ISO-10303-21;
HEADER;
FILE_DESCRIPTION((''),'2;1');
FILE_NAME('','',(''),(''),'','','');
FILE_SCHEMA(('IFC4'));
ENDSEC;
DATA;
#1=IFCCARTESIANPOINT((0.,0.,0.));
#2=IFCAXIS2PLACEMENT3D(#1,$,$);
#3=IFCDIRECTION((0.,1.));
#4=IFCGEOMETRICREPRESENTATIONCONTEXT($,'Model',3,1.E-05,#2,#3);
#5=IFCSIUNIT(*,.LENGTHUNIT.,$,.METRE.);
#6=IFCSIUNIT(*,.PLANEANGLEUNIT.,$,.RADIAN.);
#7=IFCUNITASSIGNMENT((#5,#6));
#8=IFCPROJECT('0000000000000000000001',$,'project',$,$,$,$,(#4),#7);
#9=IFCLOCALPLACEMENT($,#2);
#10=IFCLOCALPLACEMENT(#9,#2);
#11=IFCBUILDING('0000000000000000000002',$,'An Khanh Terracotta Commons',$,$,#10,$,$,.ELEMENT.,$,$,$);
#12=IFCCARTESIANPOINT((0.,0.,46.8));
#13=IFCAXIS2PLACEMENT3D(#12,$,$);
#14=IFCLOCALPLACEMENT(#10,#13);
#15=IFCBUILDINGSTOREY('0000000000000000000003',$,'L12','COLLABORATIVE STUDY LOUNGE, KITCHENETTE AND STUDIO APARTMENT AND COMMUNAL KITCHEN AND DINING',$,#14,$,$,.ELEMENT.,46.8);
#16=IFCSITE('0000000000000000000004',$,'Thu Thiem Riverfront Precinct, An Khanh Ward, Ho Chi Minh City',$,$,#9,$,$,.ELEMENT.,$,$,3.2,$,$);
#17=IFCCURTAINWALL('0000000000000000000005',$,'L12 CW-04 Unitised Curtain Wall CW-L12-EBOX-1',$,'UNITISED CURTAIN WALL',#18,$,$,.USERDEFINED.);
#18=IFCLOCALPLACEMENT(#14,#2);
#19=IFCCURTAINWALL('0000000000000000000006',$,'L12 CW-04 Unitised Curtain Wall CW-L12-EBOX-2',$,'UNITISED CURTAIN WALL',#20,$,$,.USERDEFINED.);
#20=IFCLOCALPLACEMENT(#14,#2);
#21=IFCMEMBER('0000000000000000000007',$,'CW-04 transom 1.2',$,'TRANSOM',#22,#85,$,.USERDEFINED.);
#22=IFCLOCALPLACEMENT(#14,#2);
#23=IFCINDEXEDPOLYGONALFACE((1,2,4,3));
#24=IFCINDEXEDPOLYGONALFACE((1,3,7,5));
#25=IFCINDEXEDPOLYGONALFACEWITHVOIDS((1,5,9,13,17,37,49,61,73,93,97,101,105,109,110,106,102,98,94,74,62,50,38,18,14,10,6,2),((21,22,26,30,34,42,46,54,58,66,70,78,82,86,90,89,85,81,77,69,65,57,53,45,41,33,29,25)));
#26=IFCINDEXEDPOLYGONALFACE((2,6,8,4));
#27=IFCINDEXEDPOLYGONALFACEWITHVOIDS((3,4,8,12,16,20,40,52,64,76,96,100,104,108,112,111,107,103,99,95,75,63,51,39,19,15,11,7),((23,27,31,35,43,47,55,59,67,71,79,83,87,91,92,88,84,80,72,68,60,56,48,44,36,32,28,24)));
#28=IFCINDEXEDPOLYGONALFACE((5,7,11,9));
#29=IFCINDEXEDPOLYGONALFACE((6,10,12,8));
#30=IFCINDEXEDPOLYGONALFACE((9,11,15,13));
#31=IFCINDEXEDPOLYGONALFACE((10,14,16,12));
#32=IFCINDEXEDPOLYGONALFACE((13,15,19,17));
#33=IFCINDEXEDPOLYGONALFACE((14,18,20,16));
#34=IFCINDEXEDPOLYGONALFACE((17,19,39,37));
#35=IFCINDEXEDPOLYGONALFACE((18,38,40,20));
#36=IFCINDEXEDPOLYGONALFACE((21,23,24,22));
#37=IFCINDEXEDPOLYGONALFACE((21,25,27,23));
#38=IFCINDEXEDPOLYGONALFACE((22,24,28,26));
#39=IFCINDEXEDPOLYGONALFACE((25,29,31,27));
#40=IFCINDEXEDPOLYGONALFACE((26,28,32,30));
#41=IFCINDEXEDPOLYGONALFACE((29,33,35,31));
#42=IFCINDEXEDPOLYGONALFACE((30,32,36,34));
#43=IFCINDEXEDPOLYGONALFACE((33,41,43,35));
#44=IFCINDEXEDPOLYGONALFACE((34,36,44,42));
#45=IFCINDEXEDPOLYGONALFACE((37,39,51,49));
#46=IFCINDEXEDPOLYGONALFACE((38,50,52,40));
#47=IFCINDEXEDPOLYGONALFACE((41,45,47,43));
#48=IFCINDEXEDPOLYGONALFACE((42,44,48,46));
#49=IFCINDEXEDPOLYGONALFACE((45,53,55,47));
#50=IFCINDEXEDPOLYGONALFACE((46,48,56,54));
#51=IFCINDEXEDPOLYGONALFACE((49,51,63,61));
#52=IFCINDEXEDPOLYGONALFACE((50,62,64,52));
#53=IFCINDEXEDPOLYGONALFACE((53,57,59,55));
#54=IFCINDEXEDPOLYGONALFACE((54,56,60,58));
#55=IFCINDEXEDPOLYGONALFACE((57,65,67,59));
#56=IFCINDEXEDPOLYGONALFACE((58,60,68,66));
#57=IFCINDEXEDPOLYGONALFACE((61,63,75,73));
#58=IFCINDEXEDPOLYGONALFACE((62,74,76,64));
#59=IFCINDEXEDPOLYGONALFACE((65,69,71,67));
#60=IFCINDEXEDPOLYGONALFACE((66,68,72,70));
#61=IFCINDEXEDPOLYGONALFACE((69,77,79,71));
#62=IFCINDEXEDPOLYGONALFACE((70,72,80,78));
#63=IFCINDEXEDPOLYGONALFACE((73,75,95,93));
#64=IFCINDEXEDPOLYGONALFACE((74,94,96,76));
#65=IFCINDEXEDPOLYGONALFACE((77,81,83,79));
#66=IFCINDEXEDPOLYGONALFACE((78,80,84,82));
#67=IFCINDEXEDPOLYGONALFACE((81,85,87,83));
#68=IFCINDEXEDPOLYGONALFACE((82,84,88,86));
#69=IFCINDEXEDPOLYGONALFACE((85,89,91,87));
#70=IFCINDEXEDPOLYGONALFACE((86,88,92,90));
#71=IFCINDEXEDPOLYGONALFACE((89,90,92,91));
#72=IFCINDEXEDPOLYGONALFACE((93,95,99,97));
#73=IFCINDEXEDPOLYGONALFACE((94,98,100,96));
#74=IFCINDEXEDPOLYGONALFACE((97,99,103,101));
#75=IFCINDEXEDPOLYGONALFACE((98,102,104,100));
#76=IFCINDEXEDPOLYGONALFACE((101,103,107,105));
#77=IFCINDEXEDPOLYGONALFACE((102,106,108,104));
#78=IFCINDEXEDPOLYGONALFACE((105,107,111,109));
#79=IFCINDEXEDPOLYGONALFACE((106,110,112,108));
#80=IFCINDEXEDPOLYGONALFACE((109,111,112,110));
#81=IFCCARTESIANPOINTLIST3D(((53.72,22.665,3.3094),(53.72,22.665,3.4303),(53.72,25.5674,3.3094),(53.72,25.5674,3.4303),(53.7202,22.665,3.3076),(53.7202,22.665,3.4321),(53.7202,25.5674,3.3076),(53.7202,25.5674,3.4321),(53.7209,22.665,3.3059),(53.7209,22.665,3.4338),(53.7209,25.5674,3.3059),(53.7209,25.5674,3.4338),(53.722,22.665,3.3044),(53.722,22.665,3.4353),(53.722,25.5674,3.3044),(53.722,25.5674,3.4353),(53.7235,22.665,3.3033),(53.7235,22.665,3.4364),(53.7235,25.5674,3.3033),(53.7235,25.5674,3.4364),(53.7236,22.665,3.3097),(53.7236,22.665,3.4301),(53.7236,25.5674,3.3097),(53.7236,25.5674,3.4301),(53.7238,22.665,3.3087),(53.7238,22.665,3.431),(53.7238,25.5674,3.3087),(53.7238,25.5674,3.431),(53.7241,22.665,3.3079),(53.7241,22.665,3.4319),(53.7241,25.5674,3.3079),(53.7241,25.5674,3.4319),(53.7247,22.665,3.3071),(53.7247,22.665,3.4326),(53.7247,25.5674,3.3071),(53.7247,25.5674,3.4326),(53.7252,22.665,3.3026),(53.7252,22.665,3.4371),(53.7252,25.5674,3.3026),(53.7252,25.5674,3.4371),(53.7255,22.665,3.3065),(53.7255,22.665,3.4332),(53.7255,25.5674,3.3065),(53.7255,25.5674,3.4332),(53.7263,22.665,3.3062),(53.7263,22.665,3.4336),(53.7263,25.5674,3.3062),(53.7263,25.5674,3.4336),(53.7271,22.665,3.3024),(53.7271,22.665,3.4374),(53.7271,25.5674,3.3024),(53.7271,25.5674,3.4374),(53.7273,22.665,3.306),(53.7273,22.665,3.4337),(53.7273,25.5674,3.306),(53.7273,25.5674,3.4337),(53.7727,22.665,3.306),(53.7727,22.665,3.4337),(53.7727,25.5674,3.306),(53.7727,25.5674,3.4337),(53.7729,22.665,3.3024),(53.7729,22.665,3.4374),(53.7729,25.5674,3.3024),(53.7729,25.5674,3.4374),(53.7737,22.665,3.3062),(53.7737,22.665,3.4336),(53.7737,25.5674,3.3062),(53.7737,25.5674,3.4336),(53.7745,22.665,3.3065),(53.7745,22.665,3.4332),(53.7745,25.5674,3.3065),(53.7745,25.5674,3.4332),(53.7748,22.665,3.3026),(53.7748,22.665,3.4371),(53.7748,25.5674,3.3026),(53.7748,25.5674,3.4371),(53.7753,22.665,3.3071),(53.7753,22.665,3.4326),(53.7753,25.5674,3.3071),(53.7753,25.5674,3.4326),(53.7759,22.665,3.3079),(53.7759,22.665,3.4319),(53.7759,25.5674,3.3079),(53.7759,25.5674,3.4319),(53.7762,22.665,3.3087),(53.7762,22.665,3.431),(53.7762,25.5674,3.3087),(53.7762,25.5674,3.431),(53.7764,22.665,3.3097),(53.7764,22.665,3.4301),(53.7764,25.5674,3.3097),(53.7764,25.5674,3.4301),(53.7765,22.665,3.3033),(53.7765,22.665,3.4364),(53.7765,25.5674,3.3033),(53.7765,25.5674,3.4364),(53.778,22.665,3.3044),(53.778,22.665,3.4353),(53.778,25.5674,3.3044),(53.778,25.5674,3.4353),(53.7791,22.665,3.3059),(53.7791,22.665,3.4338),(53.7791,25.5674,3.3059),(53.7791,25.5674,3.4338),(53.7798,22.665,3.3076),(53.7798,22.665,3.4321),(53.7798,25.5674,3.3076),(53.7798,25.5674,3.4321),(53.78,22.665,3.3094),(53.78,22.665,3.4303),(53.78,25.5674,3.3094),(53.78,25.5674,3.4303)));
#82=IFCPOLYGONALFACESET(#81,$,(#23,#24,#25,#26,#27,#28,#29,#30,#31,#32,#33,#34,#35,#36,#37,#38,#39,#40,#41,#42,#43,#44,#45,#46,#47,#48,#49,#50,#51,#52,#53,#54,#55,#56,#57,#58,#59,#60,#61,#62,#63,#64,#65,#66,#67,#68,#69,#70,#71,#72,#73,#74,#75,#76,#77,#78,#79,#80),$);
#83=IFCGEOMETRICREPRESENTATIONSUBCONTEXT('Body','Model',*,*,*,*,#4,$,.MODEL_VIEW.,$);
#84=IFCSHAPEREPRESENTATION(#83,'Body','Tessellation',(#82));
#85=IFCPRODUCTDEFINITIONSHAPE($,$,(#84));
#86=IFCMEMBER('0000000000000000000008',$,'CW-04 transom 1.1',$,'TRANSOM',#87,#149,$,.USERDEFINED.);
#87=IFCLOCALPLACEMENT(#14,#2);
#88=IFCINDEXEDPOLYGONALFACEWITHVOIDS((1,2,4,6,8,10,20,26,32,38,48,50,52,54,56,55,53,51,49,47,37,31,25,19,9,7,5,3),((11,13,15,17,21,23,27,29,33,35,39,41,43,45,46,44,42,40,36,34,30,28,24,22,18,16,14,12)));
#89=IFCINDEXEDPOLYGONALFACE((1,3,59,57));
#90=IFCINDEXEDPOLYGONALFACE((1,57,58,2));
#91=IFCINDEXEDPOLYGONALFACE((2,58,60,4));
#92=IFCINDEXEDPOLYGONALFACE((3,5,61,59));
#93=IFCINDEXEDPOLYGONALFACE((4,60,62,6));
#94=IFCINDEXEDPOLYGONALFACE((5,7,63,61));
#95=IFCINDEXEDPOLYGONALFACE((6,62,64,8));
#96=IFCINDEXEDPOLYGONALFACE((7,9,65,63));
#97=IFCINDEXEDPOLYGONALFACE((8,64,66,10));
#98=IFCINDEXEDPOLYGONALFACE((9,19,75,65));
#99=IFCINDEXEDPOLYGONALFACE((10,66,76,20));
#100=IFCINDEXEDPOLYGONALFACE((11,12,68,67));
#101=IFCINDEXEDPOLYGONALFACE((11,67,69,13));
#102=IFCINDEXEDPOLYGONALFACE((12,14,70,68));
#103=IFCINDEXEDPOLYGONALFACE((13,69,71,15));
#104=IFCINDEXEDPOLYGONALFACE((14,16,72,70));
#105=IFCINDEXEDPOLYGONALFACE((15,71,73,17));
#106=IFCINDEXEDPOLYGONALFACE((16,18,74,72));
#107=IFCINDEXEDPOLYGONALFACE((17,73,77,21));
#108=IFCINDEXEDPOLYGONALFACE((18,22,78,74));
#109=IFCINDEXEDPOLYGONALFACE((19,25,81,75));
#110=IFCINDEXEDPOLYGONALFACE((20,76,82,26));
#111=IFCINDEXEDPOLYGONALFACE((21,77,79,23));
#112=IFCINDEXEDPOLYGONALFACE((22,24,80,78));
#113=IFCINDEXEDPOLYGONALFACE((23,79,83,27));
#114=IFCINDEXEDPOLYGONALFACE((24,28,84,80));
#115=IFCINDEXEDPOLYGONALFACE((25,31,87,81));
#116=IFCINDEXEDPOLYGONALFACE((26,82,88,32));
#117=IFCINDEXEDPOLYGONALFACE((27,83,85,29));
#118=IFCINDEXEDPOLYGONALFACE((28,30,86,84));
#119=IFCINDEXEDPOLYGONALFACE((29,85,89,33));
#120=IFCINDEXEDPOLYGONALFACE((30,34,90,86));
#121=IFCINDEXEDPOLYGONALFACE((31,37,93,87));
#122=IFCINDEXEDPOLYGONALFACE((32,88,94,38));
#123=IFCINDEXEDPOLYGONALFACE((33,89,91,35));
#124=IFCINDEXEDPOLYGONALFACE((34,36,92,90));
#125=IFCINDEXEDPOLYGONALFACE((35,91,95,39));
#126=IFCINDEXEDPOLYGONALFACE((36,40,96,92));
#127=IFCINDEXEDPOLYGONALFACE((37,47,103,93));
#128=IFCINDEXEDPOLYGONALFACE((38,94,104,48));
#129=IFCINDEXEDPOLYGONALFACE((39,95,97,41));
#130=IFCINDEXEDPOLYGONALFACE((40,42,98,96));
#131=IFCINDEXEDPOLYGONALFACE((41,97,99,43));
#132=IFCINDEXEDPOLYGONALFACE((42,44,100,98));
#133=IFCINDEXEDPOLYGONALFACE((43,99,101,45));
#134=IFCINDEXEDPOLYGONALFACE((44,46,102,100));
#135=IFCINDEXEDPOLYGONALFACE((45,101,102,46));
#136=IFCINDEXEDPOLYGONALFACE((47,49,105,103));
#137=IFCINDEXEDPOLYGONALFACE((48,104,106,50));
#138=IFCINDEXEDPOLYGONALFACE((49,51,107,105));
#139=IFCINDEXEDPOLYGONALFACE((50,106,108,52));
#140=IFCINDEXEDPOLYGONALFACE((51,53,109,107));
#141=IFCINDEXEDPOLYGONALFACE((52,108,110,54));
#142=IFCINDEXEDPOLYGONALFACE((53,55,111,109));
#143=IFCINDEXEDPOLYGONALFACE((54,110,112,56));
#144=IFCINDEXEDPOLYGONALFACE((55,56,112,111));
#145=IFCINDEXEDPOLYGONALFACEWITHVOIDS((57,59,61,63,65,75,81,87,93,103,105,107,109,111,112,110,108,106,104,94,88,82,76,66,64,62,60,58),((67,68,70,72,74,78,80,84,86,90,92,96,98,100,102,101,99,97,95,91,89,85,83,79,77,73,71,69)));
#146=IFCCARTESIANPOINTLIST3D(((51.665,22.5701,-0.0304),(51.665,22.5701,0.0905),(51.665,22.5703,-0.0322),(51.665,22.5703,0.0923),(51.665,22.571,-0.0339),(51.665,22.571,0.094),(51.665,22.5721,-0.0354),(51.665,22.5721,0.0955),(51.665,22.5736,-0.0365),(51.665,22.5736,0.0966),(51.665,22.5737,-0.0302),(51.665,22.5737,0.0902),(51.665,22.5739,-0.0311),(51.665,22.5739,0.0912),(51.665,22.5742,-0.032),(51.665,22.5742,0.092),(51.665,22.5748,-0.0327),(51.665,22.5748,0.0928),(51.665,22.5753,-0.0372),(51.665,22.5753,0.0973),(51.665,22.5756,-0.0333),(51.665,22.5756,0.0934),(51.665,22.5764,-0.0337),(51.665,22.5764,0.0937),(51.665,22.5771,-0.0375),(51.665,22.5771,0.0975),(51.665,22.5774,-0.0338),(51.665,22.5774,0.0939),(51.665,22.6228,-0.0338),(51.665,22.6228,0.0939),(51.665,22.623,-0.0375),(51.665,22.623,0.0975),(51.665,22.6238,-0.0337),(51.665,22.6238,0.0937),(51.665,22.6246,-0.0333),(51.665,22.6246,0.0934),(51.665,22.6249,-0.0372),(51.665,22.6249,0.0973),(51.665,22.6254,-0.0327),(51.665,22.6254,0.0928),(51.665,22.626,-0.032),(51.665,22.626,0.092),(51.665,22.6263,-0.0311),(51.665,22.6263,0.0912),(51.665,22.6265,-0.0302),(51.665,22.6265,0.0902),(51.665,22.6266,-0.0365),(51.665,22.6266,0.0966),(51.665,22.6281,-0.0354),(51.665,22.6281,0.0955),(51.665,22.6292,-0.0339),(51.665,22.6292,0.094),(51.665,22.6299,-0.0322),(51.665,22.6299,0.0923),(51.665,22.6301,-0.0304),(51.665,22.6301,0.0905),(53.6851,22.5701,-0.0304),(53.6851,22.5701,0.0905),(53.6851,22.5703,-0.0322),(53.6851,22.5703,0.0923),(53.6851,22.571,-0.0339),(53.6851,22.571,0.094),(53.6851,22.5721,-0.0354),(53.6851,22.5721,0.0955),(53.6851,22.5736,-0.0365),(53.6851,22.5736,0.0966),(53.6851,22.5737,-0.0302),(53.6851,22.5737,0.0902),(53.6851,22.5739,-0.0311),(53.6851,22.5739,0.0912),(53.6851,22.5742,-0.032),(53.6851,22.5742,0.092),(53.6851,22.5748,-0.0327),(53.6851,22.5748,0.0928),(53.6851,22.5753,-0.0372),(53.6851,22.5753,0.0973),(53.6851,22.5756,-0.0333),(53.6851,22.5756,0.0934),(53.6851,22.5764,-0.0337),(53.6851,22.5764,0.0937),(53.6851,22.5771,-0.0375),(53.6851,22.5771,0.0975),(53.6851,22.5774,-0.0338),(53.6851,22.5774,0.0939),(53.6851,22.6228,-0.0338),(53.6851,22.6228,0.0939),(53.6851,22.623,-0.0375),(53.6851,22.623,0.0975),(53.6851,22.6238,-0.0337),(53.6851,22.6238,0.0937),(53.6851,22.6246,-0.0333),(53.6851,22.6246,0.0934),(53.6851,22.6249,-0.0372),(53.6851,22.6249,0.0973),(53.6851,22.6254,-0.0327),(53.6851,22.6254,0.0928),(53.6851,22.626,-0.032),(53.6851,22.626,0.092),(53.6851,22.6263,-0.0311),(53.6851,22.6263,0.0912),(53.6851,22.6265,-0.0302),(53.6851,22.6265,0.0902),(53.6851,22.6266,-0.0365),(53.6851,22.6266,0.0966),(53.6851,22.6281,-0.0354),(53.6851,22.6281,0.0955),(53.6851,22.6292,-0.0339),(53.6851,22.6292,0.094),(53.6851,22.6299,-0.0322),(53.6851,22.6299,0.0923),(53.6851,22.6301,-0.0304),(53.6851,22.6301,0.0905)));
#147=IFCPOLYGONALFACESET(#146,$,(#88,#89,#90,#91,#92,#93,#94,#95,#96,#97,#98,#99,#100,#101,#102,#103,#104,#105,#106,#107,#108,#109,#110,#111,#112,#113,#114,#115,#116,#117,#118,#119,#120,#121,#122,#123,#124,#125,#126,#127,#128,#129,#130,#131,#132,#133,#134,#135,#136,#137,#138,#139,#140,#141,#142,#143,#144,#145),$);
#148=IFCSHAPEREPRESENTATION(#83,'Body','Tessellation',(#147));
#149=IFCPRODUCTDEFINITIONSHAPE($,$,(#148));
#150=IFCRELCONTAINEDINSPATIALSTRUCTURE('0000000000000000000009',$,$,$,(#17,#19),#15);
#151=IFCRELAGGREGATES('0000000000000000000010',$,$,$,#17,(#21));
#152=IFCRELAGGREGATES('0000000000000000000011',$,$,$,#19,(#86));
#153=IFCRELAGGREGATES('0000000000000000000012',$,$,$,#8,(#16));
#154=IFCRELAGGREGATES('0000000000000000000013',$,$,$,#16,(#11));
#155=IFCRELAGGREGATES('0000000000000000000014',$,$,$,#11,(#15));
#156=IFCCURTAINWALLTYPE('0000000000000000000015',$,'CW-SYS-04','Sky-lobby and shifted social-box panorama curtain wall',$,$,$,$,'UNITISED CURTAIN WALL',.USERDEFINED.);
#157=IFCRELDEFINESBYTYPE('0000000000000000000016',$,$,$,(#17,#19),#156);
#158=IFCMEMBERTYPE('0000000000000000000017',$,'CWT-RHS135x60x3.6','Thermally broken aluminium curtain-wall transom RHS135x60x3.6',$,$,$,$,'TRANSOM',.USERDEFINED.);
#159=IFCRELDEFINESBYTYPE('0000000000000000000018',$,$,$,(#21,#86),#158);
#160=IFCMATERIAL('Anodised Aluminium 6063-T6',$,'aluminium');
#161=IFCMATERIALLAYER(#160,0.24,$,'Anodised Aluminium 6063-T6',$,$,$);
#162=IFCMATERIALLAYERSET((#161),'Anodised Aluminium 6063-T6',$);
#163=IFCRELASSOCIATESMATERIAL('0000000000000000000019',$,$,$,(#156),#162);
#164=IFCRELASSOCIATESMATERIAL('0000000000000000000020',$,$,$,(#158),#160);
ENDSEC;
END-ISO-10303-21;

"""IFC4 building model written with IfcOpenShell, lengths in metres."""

from ifc_helpers import new_model, si_unit, direction, frame, origin, origin_2d, place, context, subcontext, project, spatial, hollow_rectangle, extrude, material, layer, layer_set, material_profile, profile_set, type_object, element, aggregate, save


model = new_model("IFC4")

# Units and contexts
model_context = context("Model", 3, precision=1e-05, world=origin(), true_north=direction((0.0, 1.0)))
body_context = subcontext(model_context, "Body", "Model", "MODEL_VIEW")
ifc_project = project(units=[si_unit("LENGTHUNIT", "METRE"), si_unit("PLANEANGLEUNIT", "RADIAN")], contexts=[model_context])

# Site, building, storey
site_placement = place(None, origin())
site = spatial("IfcSite", under=ifc_project, at=site_placement, Name="Thu Thiem Riverfront Precinct, An Khanh Ward, Ho Chi Minh City", CompositionType="ELEMENT", RefElevation=3.2)
building_placement = place(site_placement, origin())
building = spatial("IfcBuilding", under=site, at=building_placement, Name="An Khanh Terracotta Commons", CompositionType="ELEMENT")
storey_placement = place(building_placement, frame((0.0, 0.0, 46.8)))
storey = spatial("IfcBuildingStorey", under=building, at=storey_placement, Name="L12", Description="COLLABORATIVE STUDY LOUNGE, KITCHENETTE AND STUDIO APARTMENT AND COMMUNAL KITCHEN AND DINING", CompositionType="ELEMENT", Elevation=46.8)

# Curtain wall
ifc_material_1 = material(Name="Anodised Aluminium 6063-T6", Category="aluminium")
ifc_layer_1 = layer(ifc_material_1, 0.24, Name="Anodised Aluminium 6063-T6")
ifc_layer_set_1 = layer_set([ifc_layer_1], Name="Anodised Aluminium 6063-T6")
curtain_wall_type = type_object("IfcCurtainWallType", Name="CW-SYS-04", Description="Sky-lobby and shifted social-box panorama curtain wall", ElementType="UNITISED CURTAIN WALL", PredefinedType="USERDEFINED", material=ifc_layer_set_1)
curtain_wall_1_placement = place(storey_placement, origin())
curtain_wall_1 = element("IfcCurtainWall", 1, at=curtain_wall_1_placement, inside=storey, type_object=curtain_wall_type, Name="L12 CW-04 Unitised Curtain Wall CW-L12-EBOX-1", ObjectType="UNITISED CURTAIN WALL", PredefinedType="USERDEFINED")

# Curtain wall
curtain_wall_2_placement = place(storey_placement, origin())
curtain_wall_2 = element("IfcCurtainWall", 2, at=curtain_wall_2_placement, inside=storey, type_object=curtain_wall_type, Name="L12 CW-04 Unitised Curtain Wall CW-L12-EBOX-2", ObjectType="UNITISED CURTAIN WALL", PredefinedType="USERDEFINED")

# Members
ifc_material_profile_1 = material_profile(ifc_material_1, hollow_rectangle(XDim=0.0601, YDim=0.135, WallThickness=0.0037, InnerFilletRadius=0.0037, OuterFilletRadius=0.0071, at=origin_2d()), Name="RHS135x60x3.6")
ifc_profile_set_1 = profile_set([ifc_material_profile_1], Name="Anodised Aluminium 6063-T6")
member_type_1 = type_object("IfcMemberType", Name="CWT-RHS135x60x3.6", Description="Thermally broken aluminium curtain-wall transom RHS135x60x3.6", ElementType="TRANSOM", PredefinedType="USERDEFINED", material=ifc_profile_set_1)
member_1_placement = place(storey_placement, frame((53.75, 22.665, 3.3699), z_axis=(0.0, 1.0, 0.0), x_axis=(-1.0, 0.0, 0.0)))
member_1 = element("IfcMember", 3, at=member_1_placement, type_object=member_type_1, Name="CW-04 transom 1.2", ObjectType="TRANSOM", PredefinedType="USERDEFINED", context=body_context, shape_type="SweptSolid", body=[
    extrude(hollow_rectangle(XDim=0.0601, YDim=0.135, WallThickness=0.0037, InnerFilletRadius=0.0037, OuterFilletRadius=0.0071, at=origin_2d()), origin(), (0.0, 0.0, 1.0), 2.9023),
])
aggregate(curtain_wall_1, [member_1])
member_2_placement = place(storey_placement, frame((51.665, 22.6001, 0.03), z_axis=(1.0, 0.0, 0.0), x_axis=(0.0, 1.0, 0.0)))
member_2 = element("IfcMember", 4, at=member_2_placement, type_object=member_type_1, Name="CW-04 transom 1.1", ObjectType="TRANSOM", PredefinedType="USERDEFINED", context=body_context, shape_type="SweptSolid", body=[
    extrude(hollow_rectangle(XDim=0.0601, YDim=0.135, WallThickness=0.0037, InnerFilletRadius=0.0037, OuterFilletRadius=0.0071, at=origin_2d()), origin(), (0.0, 0.0, 1.0), 2.02),
])

aggregate(curtain_wall_2, [member_2])

save(model, "model.ifc")
